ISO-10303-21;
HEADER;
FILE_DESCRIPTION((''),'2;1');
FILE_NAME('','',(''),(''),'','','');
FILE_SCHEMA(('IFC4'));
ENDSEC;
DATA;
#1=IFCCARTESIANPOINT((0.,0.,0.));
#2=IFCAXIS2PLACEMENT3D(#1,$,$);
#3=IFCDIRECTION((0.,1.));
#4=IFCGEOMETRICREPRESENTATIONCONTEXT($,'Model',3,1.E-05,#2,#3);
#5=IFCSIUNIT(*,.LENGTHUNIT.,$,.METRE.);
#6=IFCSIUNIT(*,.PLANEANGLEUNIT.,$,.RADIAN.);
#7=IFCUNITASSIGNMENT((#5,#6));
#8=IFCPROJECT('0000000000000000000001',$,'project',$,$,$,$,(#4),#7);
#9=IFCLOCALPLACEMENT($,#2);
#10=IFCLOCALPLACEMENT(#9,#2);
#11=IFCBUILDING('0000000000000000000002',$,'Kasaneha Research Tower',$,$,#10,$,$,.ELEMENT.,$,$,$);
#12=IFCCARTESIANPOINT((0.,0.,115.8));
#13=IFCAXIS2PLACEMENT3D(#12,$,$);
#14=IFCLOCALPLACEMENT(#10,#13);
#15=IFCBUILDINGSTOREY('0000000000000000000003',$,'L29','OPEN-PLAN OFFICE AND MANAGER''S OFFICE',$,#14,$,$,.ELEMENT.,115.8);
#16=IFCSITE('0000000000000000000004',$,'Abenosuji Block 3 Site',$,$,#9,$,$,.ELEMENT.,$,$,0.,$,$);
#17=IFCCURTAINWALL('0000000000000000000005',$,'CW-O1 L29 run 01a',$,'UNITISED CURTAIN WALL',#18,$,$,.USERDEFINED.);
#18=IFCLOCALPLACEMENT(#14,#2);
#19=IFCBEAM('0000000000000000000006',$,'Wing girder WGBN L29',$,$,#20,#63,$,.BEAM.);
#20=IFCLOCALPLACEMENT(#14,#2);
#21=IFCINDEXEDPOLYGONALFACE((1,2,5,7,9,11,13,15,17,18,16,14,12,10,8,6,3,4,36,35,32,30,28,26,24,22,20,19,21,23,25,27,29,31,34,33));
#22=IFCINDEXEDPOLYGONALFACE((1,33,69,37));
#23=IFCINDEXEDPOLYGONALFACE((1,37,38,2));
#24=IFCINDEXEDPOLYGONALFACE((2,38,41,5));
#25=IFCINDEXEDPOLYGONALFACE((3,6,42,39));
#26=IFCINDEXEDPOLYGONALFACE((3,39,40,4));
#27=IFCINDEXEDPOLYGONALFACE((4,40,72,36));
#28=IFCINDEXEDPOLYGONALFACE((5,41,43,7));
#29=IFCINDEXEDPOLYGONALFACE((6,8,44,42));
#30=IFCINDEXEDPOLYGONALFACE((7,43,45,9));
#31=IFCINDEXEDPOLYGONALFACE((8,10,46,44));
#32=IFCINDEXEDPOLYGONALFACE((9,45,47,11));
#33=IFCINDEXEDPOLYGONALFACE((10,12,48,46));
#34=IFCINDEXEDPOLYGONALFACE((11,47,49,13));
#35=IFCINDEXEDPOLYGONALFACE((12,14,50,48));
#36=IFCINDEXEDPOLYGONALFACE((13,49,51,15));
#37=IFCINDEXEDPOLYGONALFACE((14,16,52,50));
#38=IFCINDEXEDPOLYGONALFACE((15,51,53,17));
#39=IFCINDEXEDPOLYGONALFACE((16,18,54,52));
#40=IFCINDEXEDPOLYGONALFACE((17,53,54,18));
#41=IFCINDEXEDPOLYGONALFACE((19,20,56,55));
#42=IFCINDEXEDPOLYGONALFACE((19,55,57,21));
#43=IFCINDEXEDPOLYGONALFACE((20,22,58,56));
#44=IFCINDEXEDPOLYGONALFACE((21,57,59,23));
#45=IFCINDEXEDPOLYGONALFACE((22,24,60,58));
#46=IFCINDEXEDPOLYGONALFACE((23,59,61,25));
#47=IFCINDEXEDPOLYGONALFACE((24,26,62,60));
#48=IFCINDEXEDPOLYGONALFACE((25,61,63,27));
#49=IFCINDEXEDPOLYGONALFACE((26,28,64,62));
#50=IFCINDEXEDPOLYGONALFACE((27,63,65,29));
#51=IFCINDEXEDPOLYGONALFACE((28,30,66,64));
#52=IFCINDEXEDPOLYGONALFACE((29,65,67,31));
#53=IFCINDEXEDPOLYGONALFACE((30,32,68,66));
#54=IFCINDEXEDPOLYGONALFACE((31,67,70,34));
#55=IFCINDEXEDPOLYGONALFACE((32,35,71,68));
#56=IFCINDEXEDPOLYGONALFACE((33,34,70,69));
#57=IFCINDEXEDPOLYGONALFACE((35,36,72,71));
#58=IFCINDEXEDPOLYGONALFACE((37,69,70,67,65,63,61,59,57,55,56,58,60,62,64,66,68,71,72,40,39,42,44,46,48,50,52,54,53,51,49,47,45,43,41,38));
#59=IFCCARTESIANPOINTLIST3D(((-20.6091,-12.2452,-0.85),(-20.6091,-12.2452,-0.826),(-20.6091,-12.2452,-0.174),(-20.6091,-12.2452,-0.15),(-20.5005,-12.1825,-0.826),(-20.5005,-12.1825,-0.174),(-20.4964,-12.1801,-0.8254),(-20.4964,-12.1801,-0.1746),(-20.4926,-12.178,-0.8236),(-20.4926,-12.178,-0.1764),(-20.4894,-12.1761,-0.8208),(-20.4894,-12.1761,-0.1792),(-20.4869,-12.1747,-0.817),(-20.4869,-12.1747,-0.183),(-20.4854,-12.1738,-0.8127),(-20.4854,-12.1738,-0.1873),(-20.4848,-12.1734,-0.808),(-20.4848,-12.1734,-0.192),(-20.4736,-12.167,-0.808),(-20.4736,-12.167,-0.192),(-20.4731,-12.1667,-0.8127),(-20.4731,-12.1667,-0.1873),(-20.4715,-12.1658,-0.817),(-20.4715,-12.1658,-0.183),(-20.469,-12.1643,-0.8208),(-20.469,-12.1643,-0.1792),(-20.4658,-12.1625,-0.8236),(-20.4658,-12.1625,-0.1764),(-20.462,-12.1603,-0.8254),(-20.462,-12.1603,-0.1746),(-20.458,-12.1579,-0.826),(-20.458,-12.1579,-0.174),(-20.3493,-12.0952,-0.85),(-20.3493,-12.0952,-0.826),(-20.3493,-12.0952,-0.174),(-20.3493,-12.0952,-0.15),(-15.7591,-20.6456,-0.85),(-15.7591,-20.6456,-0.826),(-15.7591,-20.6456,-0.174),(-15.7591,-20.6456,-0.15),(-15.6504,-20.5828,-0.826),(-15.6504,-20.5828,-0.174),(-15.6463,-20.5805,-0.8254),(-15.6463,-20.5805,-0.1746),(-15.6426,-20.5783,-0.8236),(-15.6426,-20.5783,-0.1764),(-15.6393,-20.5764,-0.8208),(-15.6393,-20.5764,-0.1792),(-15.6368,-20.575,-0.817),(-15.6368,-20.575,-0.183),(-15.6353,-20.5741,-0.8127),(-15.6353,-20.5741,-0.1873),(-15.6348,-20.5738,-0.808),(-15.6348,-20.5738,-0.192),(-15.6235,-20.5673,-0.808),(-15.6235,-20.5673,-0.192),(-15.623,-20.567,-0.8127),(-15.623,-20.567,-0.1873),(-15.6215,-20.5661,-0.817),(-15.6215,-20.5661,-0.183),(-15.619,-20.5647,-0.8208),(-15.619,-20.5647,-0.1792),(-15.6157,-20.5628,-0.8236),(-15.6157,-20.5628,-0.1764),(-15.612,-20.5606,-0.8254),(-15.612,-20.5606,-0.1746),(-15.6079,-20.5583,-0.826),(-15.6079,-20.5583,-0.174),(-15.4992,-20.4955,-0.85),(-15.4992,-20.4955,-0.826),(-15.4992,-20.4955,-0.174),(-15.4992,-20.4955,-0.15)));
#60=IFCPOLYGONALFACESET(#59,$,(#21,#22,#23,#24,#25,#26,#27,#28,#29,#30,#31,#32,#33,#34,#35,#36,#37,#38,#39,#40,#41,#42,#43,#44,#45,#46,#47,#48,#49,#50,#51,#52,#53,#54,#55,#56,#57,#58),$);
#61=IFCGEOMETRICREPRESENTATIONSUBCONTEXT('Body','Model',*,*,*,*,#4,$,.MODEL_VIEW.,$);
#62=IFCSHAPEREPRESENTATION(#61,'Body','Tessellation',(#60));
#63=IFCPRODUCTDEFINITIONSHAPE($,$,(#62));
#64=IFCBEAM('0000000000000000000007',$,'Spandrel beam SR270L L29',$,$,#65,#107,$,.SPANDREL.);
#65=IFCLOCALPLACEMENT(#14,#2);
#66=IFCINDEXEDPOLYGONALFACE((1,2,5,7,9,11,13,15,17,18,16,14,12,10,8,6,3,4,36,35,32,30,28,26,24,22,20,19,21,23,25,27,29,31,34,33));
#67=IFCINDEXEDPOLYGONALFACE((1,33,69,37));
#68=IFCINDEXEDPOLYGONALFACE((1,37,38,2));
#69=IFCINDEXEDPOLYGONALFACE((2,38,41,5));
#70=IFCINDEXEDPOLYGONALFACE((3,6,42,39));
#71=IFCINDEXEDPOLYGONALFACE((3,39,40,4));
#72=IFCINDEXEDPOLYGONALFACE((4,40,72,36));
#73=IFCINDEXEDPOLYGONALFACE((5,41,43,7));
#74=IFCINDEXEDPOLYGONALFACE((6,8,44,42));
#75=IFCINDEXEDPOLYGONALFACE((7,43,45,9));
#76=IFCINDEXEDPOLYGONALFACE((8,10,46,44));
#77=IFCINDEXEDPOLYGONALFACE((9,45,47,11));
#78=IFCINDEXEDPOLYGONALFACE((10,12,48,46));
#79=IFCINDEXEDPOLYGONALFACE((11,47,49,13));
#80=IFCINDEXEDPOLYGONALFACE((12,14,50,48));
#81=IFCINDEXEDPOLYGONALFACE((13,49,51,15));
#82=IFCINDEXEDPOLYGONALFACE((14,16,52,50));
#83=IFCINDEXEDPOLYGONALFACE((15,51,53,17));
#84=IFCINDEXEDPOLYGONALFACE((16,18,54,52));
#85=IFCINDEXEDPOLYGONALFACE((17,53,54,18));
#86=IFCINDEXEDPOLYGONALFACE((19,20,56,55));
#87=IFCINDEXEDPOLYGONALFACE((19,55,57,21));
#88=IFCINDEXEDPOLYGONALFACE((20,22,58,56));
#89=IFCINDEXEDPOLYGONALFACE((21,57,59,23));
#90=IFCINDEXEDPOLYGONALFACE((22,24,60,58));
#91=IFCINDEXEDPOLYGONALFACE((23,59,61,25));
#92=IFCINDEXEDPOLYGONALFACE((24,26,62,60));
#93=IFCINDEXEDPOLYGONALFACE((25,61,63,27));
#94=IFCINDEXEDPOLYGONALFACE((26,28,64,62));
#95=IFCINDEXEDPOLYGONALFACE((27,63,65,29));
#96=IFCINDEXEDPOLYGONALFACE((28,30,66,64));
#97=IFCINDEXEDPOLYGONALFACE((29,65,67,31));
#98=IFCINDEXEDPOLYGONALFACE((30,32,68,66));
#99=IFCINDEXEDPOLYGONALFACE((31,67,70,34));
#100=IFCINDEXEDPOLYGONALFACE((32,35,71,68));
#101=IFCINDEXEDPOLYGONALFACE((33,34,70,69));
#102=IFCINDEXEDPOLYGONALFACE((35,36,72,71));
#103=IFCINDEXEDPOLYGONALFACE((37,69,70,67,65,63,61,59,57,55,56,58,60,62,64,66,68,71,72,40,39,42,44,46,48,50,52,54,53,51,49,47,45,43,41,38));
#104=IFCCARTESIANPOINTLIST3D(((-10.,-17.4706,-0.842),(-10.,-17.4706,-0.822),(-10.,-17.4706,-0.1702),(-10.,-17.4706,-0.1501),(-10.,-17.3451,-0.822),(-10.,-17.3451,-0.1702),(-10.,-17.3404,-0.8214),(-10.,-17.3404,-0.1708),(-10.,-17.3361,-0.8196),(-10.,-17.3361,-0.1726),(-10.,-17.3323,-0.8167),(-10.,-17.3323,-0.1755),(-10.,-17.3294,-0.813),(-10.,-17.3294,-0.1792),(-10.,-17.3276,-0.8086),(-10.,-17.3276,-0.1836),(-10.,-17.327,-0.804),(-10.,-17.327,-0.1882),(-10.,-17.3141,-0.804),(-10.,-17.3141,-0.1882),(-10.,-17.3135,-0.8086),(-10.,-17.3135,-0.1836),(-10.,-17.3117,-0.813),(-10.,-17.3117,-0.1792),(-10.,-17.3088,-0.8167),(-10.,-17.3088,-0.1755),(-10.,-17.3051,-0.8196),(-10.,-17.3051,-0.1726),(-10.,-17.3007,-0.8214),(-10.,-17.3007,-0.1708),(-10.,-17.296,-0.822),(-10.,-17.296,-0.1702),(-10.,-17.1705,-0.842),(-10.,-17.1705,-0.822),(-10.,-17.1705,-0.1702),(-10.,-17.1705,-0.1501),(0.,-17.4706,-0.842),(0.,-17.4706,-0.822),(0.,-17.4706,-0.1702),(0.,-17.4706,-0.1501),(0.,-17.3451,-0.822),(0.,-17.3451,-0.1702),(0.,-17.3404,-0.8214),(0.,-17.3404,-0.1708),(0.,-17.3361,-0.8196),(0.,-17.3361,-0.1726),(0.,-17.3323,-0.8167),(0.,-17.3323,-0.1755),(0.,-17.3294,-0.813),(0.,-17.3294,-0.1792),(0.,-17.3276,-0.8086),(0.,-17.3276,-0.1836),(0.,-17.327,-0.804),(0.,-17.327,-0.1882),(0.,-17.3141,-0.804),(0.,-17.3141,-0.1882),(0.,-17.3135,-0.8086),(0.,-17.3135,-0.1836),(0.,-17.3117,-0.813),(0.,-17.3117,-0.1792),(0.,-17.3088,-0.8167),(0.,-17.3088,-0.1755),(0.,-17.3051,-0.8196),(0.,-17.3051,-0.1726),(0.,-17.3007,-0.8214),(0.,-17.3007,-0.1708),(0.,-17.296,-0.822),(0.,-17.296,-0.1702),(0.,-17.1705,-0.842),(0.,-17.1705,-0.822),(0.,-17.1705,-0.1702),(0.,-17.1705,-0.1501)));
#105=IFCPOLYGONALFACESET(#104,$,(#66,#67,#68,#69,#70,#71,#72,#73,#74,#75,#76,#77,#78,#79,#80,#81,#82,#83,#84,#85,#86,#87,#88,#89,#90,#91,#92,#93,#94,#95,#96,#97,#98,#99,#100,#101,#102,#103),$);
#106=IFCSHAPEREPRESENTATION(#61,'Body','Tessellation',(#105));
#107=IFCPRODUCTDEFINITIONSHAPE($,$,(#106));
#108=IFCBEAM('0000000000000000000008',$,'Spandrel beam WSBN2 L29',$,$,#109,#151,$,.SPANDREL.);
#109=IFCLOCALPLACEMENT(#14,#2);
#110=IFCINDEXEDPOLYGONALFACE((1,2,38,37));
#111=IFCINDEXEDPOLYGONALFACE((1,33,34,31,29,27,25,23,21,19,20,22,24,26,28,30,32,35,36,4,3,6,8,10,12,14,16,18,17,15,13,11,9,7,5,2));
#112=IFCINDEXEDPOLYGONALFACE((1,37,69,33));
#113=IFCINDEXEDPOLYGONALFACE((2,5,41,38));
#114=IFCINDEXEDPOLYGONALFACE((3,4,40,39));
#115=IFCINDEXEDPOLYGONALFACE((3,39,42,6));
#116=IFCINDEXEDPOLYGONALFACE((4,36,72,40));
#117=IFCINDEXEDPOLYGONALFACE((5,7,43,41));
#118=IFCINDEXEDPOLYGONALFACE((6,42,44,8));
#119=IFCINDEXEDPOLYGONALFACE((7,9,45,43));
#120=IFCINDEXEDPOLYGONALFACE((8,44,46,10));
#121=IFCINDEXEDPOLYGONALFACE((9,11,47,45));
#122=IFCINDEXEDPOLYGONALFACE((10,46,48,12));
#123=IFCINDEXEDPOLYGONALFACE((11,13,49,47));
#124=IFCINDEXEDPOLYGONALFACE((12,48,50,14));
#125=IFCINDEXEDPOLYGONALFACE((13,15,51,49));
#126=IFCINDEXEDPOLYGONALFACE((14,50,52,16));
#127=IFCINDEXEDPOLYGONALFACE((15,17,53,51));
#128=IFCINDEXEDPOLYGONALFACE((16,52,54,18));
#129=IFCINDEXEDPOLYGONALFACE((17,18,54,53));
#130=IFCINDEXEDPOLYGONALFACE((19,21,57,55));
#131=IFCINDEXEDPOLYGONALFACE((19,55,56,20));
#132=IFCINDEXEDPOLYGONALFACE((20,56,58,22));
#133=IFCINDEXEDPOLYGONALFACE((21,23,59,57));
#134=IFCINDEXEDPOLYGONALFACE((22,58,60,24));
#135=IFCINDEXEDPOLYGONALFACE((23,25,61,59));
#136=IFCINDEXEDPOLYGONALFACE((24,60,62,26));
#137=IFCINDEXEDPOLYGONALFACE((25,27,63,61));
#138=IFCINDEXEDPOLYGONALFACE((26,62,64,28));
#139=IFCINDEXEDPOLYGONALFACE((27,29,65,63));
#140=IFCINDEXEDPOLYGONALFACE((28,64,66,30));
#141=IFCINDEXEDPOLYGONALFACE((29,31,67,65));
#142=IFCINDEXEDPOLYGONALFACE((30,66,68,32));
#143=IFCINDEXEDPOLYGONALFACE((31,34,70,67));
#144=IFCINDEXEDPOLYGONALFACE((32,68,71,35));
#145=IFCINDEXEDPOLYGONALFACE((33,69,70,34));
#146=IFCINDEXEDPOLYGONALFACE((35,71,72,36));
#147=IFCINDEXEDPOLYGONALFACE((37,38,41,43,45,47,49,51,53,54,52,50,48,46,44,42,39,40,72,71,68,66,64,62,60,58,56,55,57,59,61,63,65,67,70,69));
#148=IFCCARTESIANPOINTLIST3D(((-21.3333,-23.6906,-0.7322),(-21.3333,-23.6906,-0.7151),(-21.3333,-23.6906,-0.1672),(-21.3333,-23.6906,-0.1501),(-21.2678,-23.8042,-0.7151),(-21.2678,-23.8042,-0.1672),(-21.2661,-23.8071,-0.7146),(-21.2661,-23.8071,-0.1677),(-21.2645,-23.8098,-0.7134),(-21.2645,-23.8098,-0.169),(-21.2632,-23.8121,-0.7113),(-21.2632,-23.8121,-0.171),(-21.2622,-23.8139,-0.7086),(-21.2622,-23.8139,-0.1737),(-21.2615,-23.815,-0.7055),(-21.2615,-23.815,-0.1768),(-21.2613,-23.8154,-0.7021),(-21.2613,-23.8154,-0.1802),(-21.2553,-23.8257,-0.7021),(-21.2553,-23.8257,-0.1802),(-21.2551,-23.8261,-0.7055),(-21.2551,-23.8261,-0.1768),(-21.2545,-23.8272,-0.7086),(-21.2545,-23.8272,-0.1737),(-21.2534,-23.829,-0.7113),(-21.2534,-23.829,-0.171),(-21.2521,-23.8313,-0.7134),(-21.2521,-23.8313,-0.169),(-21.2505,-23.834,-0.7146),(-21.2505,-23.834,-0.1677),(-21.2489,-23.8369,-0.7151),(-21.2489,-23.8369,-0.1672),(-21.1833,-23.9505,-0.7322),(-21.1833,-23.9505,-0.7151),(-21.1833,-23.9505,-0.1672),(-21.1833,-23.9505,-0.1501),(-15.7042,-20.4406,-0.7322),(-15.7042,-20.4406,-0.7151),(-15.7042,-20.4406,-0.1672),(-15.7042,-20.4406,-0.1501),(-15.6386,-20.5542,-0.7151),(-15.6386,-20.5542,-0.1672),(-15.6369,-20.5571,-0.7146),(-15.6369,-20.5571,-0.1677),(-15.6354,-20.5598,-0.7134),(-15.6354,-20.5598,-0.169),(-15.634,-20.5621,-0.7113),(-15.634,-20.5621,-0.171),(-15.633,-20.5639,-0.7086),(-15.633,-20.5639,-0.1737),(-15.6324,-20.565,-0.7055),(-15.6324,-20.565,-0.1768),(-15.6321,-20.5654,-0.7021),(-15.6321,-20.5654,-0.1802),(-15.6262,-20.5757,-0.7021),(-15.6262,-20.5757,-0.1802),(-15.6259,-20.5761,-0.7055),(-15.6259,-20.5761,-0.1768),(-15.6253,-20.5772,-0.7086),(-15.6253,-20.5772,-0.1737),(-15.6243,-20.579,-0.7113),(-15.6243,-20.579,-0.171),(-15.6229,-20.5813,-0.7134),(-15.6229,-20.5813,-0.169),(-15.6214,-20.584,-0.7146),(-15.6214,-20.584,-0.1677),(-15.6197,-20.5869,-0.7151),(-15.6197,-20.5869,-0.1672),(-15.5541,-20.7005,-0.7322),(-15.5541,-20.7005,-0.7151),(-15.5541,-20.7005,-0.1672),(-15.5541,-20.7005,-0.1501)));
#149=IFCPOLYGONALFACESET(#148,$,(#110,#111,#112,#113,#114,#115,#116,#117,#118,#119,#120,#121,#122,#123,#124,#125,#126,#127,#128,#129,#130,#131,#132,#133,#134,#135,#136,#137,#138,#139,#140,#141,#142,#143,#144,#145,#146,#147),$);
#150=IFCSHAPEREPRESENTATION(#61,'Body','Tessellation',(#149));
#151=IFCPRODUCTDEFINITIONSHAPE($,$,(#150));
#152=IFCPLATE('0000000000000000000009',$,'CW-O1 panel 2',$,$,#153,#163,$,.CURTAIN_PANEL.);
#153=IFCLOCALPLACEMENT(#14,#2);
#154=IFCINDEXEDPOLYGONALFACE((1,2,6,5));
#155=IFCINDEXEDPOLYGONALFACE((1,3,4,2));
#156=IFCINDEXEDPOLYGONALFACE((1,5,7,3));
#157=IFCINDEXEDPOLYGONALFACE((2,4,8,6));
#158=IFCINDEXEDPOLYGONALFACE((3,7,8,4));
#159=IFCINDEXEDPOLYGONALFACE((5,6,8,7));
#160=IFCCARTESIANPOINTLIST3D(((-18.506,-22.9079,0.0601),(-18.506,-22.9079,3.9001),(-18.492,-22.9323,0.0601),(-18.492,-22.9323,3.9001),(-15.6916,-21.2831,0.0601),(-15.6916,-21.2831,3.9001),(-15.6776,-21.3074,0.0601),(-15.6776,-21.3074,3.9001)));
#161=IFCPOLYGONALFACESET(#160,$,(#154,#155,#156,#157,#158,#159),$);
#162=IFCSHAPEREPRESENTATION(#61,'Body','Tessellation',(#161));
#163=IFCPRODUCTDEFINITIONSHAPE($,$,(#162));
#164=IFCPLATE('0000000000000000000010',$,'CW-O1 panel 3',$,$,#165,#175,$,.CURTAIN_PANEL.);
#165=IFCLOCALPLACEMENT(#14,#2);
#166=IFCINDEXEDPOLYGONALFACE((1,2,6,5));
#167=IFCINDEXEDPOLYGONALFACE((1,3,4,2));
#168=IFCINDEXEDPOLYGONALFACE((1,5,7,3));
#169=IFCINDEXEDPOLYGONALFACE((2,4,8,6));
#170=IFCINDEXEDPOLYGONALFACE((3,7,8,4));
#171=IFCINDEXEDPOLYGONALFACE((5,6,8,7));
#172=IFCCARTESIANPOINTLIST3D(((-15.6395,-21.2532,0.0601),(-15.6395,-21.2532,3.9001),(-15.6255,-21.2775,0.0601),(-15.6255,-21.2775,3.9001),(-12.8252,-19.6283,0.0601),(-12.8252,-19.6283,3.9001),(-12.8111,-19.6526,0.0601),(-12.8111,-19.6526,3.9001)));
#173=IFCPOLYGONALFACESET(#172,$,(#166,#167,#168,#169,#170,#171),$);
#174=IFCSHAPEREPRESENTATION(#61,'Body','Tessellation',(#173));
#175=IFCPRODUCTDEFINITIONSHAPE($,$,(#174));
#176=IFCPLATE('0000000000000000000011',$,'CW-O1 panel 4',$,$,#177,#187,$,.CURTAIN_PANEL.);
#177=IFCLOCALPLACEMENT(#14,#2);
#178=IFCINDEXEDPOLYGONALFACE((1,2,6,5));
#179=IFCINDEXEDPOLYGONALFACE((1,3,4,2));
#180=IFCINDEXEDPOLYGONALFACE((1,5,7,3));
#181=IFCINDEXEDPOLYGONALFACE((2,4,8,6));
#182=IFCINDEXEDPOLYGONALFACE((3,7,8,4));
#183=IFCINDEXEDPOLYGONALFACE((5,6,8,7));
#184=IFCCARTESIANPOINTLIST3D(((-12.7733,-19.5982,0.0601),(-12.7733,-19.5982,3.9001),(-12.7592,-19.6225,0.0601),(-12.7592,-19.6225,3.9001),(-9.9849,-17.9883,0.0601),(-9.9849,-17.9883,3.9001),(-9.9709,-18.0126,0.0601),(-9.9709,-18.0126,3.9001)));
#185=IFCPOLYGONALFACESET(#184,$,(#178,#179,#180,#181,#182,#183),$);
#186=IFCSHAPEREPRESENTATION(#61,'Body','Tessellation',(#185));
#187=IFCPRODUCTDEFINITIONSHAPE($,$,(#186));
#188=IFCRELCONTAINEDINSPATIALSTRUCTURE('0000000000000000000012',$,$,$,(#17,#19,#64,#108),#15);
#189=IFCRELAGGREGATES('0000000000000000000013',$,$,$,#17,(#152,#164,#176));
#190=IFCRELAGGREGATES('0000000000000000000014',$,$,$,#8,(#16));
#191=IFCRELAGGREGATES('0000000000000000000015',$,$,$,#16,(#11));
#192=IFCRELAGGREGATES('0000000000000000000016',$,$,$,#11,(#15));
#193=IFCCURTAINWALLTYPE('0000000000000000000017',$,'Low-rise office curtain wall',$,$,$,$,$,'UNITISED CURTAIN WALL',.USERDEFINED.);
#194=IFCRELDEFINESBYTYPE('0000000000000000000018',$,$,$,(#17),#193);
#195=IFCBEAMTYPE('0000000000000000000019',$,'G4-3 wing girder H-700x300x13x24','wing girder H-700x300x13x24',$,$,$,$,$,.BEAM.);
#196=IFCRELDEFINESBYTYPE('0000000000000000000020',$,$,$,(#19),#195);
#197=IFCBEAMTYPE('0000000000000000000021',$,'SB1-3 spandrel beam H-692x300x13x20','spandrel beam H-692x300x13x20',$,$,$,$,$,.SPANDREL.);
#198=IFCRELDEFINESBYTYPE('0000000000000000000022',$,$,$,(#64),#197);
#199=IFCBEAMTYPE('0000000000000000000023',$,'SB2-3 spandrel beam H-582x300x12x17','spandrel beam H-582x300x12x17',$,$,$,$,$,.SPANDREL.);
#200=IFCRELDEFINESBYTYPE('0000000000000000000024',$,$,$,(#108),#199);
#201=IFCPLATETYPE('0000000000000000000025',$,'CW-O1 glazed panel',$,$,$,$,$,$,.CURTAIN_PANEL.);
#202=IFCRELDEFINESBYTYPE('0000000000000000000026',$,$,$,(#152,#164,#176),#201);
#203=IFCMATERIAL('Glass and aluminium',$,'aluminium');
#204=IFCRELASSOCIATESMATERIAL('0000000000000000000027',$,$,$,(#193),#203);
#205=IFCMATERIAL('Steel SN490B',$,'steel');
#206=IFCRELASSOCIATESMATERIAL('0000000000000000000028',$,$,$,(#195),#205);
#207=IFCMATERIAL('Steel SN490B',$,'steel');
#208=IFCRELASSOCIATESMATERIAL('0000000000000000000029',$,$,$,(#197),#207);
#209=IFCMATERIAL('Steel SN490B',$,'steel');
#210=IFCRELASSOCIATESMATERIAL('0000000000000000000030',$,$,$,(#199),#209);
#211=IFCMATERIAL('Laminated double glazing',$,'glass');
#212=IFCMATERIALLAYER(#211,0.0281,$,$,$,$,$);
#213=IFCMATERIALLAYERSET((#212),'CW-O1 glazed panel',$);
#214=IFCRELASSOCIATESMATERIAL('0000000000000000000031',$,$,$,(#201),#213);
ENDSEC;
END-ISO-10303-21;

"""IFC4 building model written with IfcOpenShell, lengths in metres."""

from ifc_helpers import new_model, si_unit, direction, frame, origin, origin_2d, place, context, subcontext, project, spatial, rectangle, i_section, extrude, material, layer, layer_set, material_profile, profile_set, type_object, element, aggregate, save


model = new_model("IFC4")

# Units and contexts
model_context = context("Model", 3, precision=1e-05, world=origin(), true_north=direction((0.0, 1.0)))
body_context = subcontext(model_context, "Body", "Model", "MODEL_VIEW")
ifc_project = project(units=[si_unit("LENGTHUNIT", "METRE"), si_unit("PLANEANGLEUNIT", "RADIAN")], contexts=[model_context])

# Site, building, storey
site_placement = place(None, origin())
site = spatial("IfcSite", under=ifc_project, at=site_placement, Name="Abenosuji Block 3 Site", CompositionType="ELEMENT", RefElevation=0.0)
building_placement = place(site_placement, origin())
building = spatial("IfcBuilding", under=site, at=building_placement, Name="Kasaneha Research Tower", CompositionType="ELEMENT")
storey_placement = place(building_placement, frame((0.0, 0.0, 115.8)))
storey = spatial("IfcBuildingStorey", under=building, at=storey_placement, Name="L29", Description="OPEN-PLAN OFFICE AND MANAGER'S OFFICE", CompositionType="ELEMENT", Elevation=115.8)

# Curtain wall
ifc_material_1 = material(Name="Glass and aluminium", Category="aluminium")
curtain_wall_type = type_object("IfcCurtainWallType", Name="Low-rise office curtain wall", ElementType="UNITISED CURTAIN WALL", PredefinedType="USERDEFINED", material=ifc_material_1)
curtain_wall_1_placement = place(storey_placement, origin())
curtain_wall_1 = element("IfcCurtainWall", 1, at=curtain_wall_1_placement, inside=storey, type_object=curtain_wall_type, Name="CW-O1 L29 run 01a", ObjectType="UNITISED CURTAIN WALL", PredefinedType="USERDEFINED")

# Beams
ifc_material_2 = material(Name="Steel SN490B", Category="steel")
ifc_material_profile_1 = material_profile(ifc_material_2, i_section(OverallWidth=0.3, OverallDepth=0.7, WebThickness=0.0129, FlangeThickness=0.0239, FilletRadius=0.0181, at=origin_2d()), Name="H-700x300x13x24")
ifc_profile_set_1 = profile_set([ifc_material_profile_1], Name="Steel SN490B")
beam_type_1 = type_object("IfcBeamType", Name="G4-3 wing girder H-700x300x13x24", Description="wing girder H-700x300x13x24", PredefinedType="BEAM", material=ifc_profile_set_1)
beam_1_placement = place(storey_placement, frame((-15.6292, -20.5706, -0.5), z_axis=(-0.50001, 0.86602, 0.0), x_axis=(-0.86602, -0.50001, 0.0)))
element("IfcBeam", 2, at=beam_1_placement, inside=storey, type_object=beam_type_1, Name="Wing girder WGBN L29", PredefinedType="BEAM", context=body_context, shape_type="SweptSolid", body=[
    extrude(i_section(OverallWidth=0.3, OverallDepth=0.7, WebThickness=0.0129, FlangeThickness=0.0239, FilletRadius=0.0181, at=origin_2d()), origin(), (0.0, 0.0, 1.0), 9.7),
])
ifc_material_3 = material(Name="Steel SN490B", Category="steel")
ifc_material_profile_2 = material_profile(ifc_material_3, i_section(OverallWidth=0.3, OverallDepth=0.6919, WebThickness=0.0129, FlangeThickness=0.02, FilletRadius=0.0181, at=origin_2d()), Name="H-692x300x13x20")
ifc_profile_set_2 = profile_set([ifc_material_profile_2], Name="Steel SN490B")
beam_type_2 = type_object("IfcBeamType", Name="SB1-3 spandrel beam H-692x300x13x20", Description="spandrel beam H-692x300x13x20", PredefinedType="SPANDREL", material=ifc_profile_set_2)
beam_2_placement = place(storey_placement, frame((-10.0, -17.3206, -0.4961), z_axis=(1.0, 0.0, 0.0), x_axis=(0.0, 1.0, 0.0)))
element("IfcBeam", 3, at=beam_2_placement, inside=storey, type_object=beam_type_2, Name="Spandrel beam SR270L L29", PredefinedType="SPANDREL", context=body_context, shape_type="SweptSolid", body=[
    extrude(i_section(OverallWidth=0.3, OverallDepth=0.6919, WebThickness=0.0129, FlangeThickness=0.02, FilletRadius=0.0181, at=origin_2d()), origin(), (0.0, 0.0, 1.0), 10.0),
])
ifc_material_4 = material(Name="Steel SN490B", Category="steel")
ifc_material_profile_3 = material_profile(ifc_material_4, i_section(OverallWidth=0.3, OverallDepth=0.582, WebThickness=0.012, FlangeThickness=0.0171, FilletRadius=0.0129, at=origin_2d()), Name="H-582x300x12x17")
ifc_profile_set_3 = profile_set([ifc_material_profile_3], Name="Steel SN490B")
beam_type_3 = type_object("IfcBeamType", Name="SB2-3 spandrel beam H-582x300x12x17", Description="spandrel beam H-582x300x12x17", PredefinedType="SPANDREL", material=ifc_profile_set_3)
beam_3_placement = place(storey_placement, frame((-15.6292, -20.5706, -0.4412), z_axis=(-0.866025, -0.500001, 0.0), x_axis=(0.500001, -0.866025, 0.0)))
element("IfcBeam", 4, at=beam_3_placement, inside=storey, type_object=beam_type_3, Name="Spandrel beam WSBN2 L29", PredefinedType="SPANDREL", context=body_context, shape_type="SweptSolid", body=[
    extrude(i_section(OverallWidth=0.3, OverallDepth=0.582, WebThickness=0.012, FlangeThickness=0.0171, FilletRadius=0.0129, at=origin_2d()), origin(), (0.0, 0.0, 1.0), 6.5),
])

# Plates
ifc_material_5 = material(Name="Laminated double glazing", Category="glass")
ifc_layer_1 = layer(ifc_material_5, 0.0281)
ifc_layer_set_1 = layer_set([ifc_layer_1], Name="CW-O1 glazed panel")
plate_type = type_object("IfcPlateType", Name="CW-O1 glazed panel", PredefinedType="CURTAIN_PANEL", material=ifc_layer_set_1)
plate_1_placement = place(storey_placement, frame((-17.0918, -22.1077, 0.0601), z_axis=(0.0, 0.0, 1.0), x_axis=(0.866025, 0.5, 0.0)))
plate_1 = element("IfcPlate", 5, at=plate_1_placement, type_object=plate_type, Name="CW-O1 panel 2", PredefinedType="CURTAIN_PANEL", context=body_context, shape_type="SweptSolid", body=[
    extrude(rectangle(XDim=3.2498, YDim=0.0281, at=origin_2d()), origin(), (0.0, 0.0, 1.0), 3.8401),
])
plate_2_placement = place(storey_placement, frame((-14.2253, -20.4529, 0.0601), z_axis=(0.0, 0.0, 1.0), x_axis=(0.866025, 0.5, 0.0)))
plate_2 = element("IfcPlate", 6, at=plate_2_placement, type_object=plate_type, Name="CW-O1 panel 3", PredefinedType="CURTAIN_PANEL", context=body_context, shape_type="SweptSolid", body=[
    extrude(rectangle(XDim=3.2498, YDim=0.0281, at=origin_2d()), origin(), (0.0, 0.0, 1.0), 3.8401),
])
plate_3_placement = place(storey_placement, frame((-11.3721, -18.8054, 0.0601), z_axis=(0.0, 0.0, 1.0), x_axis=(0.866025, 0.5, 0.0)))
plate_3 = element("IfcPlate", 7, at=plate_3_placement, type_object=plate_type, Name="CW-O1 panel 4", PredefinedType="CURTAIN_PANEL", context=body_context, shape_type="SweptSolid", body=[
    extrude(rectangle(XDim=3.2197, YDim=0.0281, at=origin_2d()), origin(), (0.0, 0.0, 1.0), 3.8401),
])
aggregate(curtain_wall_1, [plate_1, plate_2, plate_3])

save(model, "model.ifc")
